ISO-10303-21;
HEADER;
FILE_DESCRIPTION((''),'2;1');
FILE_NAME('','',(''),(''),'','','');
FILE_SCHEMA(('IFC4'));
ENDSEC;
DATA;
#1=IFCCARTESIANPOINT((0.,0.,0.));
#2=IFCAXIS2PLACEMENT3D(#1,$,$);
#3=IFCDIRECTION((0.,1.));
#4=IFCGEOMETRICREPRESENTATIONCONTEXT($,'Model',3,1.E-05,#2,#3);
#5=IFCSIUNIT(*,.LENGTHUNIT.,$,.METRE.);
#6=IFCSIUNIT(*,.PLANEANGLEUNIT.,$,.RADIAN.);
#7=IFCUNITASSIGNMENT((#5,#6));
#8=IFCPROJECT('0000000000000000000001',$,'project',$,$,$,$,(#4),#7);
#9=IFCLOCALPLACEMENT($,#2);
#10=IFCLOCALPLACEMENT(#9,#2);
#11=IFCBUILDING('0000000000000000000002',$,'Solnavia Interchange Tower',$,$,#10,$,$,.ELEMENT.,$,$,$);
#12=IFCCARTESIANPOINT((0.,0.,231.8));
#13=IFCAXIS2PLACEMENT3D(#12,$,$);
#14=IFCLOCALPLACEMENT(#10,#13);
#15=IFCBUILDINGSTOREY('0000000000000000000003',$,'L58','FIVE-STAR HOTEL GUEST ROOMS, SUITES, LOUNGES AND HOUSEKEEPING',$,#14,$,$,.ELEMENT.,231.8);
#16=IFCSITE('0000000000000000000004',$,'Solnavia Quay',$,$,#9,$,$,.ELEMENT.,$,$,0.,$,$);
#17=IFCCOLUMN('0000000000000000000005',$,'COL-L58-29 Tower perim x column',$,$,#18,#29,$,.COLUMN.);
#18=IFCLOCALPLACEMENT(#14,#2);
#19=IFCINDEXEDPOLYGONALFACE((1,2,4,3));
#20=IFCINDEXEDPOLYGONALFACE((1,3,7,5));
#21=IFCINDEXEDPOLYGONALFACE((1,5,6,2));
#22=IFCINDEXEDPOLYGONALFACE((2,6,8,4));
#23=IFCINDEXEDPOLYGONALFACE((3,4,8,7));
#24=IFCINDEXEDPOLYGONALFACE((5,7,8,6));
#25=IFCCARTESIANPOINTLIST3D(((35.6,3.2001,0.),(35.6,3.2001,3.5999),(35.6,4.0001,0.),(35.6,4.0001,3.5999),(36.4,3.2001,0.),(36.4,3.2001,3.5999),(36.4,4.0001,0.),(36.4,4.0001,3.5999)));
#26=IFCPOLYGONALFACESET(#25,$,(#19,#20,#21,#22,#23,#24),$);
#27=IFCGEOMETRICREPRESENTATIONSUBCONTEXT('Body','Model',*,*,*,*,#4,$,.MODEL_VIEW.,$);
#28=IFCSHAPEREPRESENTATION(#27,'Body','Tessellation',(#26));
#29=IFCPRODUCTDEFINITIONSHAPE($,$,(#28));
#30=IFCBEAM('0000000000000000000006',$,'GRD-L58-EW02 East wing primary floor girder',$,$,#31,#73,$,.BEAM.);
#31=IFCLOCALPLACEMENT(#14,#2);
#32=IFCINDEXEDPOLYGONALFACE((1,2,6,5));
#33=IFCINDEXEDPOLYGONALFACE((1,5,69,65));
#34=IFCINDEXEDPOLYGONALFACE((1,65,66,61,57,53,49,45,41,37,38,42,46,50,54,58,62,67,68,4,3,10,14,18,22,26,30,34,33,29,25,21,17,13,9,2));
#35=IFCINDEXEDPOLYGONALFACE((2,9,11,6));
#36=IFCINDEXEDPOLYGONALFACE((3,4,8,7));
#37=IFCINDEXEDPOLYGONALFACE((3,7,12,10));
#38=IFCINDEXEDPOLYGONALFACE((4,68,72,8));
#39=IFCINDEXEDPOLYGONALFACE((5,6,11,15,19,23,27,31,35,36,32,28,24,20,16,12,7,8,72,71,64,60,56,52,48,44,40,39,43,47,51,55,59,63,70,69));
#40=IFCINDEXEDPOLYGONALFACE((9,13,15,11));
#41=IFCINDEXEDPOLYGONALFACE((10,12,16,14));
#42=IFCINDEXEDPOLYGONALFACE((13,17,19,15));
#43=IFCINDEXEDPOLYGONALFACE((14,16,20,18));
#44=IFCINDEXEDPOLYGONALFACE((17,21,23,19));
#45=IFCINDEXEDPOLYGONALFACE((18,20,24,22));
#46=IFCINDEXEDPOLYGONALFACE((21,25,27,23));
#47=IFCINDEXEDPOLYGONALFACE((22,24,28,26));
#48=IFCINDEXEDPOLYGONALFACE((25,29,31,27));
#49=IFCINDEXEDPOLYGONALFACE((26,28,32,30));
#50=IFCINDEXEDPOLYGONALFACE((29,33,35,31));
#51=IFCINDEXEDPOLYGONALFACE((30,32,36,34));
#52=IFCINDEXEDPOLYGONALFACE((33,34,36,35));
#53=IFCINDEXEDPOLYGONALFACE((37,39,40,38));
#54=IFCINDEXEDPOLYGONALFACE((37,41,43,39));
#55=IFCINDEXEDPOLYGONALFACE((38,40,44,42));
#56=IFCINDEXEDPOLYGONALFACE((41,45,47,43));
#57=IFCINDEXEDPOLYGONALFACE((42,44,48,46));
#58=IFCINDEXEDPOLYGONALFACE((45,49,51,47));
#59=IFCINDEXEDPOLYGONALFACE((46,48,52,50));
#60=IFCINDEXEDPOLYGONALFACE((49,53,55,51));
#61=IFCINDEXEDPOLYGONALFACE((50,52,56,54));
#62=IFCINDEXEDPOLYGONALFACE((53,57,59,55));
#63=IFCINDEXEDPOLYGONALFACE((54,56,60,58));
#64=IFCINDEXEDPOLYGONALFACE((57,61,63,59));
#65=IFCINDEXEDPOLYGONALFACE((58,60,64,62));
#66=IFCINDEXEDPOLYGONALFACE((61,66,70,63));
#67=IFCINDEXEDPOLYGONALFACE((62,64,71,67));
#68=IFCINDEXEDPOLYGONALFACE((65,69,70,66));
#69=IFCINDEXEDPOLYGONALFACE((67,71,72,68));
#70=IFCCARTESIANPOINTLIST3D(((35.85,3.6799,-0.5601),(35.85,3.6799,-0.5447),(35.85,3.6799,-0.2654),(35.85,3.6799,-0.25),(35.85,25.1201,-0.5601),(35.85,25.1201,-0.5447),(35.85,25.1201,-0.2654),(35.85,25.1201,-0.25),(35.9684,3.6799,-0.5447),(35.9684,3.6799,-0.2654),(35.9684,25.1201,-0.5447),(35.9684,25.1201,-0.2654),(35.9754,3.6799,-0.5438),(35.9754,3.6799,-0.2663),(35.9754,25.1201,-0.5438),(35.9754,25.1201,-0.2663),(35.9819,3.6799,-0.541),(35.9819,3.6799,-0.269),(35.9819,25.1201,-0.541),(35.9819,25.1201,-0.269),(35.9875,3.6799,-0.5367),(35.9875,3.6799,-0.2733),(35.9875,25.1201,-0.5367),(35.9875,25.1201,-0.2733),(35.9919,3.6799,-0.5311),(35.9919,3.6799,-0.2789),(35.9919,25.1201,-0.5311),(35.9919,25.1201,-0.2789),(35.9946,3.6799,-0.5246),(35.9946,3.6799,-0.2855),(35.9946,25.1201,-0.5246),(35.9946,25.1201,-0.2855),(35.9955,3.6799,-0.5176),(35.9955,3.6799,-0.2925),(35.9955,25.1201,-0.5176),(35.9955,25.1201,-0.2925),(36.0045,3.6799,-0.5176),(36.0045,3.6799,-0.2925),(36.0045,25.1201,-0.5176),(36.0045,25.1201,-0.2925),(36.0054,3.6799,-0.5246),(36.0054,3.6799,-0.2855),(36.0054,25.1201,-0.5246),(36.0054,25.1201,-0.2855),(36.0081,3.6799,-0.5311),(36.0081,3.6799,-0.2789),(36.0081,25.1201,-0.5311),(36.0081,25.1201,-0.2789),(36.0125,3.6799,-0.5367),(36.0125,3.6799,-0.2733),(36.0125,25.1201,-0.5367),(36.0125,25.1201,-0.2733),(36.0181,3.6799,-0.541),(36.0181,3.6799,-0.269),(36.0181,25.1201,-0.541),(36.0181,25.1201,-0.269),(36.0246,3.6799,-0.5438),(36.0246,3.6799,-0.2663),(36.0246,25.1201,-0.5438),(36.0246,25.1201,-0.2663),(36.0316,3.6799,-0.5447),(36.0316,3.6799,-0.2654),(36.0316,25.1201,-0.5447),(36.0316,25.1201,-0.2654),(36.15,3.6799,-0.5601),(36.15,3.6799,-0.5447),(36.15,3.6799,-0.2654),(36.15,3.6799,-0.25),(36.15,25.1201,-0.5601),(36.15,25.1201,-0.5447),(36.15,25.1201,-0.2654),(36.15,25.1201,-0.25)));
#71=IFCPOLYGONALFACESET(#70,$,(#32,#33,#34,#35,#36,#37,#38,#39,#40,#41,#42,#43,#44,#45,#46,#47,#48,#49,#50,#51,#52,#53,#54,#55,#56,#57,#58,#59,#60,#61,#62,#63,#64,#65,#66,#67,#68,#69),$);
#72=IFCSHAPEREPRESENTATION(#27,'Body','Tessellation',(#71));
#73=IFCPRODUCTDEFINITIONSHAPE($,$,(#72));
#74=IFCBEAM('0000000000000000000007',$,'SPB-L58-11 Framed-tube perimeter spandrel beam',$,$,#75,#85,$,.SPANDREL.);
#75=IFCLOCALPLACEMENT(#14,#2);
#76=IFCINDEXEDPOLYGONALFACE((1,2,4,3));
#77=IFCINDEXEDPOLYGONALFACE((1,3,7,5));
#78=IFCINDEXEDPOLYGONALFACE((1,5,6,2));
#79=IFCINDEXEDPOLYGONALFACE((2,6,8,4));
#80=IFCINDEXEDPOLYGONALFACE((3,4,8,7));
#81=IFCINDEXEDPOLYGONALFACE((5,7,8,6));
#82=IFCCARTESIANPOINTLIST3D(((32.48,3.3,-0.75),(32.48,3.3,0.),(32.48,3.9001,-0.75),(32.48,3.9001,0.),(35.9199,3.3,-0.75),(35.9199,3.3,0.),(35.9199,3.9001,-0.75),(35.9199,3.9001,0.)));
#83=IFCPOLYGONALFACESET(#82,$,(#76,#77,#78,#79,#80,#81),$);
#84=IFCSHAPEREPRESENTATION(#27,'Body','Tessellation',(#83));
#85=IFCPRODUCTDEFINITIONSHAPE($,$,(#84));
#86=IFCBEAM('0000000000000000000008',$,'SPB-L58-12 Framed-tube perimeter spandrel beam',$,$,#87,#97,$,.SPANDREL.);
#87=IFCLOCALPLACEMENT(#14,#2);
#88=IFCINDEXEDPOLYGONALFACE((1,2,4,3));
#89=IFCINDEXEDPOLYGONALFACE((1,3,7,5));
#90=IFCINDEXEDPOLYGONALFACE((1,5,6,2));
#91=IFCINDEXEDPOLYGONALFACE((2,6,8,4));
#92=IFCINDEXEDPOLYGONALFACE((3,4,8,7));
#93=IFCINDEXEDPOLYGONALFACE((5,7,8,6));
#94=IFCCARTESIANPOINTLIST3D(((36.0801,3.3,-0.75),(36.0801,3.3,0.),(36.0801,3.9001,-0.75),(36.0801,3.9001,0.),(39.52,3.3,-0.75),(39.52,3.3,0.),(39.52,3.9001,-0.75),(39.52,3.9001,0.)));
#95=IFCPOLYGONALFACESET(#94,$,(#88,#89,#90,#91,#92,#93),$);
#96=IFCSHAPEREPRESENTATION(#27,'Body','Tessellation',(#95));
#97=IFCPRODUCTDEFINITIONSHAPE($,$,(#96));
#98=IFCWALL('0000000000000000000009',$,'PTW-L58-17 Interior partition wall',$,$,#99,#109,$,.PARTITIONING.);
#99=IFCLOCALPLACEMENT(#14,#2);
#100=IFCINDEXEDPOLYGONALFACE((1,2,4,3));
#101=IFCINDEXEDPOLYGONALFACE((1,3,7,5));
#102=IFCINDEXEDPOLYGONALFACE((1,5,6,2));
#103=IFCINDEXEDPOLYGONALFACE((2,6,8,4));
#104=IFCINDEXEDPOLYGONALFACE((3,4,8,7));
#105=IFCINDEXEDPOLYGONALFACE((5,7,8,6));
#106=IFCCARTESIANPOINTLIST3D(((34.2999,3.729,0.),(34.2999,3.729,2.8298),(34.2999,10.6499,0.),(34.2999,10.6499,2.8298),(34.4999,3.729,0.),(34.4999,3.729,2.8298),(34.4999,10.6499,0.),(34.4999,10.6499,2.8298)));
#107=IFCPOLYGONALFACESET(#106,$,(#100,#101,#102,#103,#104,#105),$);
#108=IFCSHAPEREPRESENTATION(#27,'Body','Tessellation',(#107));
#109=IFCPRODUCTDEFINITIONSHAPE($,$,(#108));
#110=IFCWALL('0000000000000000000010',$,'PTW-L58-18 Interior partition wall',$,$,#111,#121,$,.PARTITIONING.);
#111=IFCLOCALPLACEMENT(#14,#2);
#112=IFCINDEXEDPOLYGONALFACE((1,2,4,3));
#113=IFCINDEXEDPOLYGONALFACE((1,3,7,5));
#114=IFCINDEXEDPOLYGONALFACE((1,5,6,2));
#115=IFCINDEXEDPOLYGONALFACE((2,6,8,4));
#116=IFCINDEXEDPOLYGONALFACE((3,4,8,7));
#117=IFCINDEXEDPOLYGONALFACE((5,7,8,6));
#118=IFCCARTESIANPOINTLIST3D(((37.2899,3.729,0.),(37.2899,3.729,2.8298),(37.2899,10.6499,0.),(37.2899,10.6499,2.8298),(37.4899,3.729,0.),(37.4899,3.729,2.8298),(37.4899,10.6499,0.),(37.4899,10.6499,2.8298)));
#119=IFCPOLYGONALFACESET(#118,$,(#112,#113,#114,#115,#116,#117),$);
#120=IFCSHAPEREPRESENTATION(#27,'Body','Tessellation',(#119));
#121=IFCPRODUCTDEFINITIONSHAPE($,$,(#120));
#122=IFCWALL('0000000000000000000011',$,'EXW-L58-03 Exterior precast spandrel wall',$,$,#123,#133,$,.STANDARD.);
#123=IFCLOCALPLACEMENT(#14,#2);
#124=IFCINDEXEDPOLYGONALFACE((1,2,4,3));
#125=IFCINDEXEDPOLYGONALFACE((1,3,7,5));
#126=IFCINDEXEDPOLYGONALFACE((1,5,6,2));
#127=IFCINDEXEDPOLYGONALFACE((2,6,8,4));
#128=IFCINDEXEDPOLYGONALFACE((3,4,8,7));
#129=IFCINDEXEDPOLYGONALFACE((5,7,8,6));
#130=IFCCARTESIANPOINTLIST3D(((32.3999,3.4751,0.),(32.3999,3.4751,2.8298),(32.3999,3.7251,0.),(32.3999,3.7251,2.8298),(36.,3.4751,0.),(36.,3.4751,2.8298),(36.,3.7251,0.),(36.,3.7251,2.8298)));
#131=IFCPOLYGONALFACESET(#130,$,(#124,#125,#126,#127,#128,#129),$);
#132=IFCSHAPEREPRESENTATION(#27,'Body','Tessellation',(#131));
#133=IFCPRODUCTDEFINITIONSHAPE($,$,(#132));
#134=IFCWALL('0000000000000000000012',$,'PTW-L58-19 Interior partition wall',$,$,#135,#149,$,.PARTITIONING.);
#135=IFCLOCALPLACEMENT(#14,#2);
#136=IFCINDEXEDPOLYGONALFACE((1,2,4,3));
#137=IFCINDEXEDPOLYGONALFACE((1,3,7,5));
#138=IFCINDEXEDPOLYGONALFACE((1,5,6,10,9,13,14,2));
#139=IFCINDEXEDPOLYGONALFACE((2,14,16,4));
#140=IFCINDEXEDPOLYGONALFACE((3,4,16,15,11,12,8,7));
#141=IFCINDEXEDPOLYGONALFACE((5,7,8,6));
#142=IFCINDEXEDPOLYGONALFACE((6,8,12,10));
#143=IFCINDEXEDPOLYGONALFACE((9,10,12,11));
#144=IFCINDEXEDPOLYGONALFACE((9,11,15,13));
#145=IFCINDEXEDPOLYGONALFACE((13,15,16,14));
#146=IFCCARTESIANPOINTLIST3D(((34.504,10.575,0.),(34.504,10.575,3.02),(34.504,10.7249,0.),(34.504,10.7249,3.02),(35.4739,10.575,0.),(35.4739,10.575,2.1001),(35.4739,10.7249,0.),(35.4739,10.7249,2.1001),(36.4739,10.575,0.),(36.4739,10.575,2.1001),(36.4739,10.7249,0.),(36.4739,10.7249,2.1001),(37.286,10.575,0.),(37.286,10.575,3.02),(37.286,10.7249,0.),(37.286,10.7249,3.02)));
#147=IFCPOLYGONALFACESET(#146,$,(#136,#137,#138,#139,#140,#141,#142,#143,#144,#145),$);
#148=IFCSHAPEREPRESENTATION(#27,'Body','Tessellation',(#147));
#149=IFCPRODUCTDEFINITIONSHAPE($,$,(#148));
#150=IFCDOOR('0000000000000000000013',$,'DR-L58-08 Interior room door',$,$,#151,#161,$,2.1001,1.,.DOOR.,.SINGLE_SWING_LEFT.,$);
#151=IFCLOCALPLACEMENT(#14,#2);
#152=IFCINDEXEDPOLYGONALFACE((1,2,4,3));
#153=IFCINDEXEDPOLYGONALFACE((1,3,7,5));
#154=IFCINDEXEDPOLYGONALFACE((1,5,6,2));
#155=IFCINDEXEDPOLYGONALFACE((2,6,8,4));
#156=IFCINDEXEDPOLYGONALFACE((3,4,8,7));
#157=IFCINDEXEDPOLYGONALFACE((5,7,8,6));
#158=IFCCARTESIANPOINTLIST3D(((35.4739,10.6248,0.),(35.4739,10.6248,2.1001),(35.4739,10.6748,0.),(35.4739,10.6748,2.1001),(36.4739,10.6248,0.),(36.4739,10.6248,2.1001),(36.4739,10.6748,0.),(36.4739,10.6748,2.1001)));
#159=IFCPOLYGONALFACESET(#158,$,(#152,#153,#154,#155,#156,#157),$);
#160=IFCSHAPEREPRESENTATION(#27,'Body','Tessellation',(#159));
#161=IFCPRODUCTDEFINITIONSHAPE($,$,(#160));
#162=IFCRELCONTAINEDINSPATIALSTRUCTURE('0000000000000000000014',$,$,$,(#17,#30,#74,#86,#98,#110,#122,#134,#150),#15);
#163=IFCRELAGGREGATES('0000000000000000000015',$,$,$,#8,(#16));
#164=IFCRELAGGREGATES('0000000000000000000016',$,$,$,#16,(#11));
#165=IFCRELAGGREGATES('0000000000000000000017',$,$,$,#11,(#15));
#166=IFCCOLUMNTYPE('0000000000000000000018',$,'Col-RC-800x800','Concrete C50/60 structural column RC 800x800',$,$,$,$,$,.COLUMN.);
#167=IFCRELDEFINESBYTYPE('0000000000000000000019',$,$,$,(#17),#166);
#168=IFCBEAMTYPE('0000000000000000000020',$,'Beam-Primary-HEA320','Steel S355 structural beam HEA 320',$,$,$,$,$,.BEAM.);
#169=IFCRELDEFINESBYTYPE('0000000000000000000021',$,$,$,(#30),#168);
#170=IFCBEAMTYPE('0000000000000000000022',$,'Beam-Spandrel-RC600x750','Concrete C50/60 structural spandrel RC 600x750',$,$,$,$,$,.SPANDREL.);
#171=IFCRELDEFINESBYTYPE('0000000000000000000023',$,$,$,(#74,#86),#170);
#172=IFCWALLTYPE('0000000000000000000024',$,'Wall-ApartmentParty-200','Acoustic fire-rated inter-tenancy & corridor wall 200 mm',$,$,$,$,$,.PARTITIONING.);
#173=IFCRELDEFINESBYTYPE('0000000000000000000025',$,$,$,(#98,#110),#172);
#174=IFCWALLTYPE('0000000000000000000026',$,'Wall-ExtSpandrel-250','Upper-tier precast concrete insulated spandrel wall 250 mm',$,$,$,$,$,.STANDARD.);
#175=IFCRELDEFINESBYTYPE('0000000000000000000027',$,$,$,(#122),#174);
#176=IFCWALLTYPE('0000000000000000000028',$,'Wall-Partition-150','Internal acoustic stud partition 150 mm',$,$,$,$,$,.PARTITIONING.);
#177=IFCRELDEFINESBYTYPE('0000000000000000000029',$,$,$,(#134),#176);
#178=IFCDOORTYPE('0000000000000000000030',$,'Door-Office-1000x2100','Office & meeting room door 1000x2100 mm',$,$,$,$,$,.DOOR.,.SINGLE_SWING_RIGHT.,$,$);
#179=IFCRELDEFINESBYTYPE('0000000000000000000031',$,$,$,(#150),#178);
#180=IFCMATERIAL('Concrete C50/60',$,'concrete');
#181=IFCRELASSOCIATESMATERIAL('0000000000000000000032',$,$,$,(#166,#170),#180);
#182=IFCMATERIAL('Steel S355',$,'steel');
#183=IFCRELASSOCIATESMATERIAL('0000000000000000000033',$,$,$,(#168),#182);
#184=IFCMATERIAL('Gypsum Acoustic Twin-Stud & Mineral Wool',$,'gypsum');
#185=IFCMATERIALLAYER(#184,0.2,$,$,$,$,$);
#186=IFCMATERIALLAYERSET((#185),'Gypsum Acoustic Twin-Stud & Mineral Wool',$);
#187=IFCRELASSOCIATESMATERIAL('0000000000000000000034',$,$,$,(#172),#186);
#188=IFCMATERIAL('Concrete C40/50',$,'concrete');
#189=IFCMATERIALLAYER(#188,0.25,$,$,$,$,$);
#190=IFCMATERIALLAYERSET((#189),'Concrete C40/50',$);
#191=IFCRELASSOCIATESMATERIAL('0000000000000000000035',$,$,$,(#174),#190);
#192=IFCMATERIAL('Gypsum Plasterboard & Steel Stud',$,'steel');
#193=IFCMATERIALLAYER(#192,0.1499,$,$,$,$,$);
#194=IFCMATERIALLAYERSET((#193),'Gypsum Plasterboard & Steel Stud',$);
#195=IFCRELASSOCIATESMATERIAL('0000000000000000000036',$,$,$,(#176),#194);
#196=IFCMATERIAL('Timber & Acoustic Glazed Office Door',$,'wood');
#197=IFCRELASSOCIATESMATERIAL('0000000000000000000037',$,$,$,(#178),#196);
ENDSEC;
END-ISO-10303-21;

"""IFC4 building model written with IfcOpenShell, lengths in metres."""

from ifc_helpers import new_model, si_unit, direction, frame, frame_2d, origin, origin_2d, place, context, subcontext, project, spatial, rectangle, i_section, extrude, material, layer, layer_set, material_profile, profile_set, type_object, element, fill, save


model = new_model("IFC4")

# Units and contexts
model_context = context("Model", 3, precision=1e-05, world=origin(), true_north=direction((0.0, 1.0)))
body_context = subcontext(model_context, "Body", "Model", "MODEL_VIEW")
ifc_project = project(units=[si_unit("LENGTHUNIT", "METRE"), si_unit("PLANEANGLEUNIT", "RADIAN")], contexts=[model_context])

# Site, building, storey
site_placement = place(None, origin())
site = spatial("IfcSite", under=ifc_project, at=site_placement, Name="Solnavia Quay", CompositionType="ELEMENT", RefElevation=0.0)
building_placement = place(site_placement, origin())
building = spatial("IfcBuilding", under=site, at=building_placement, Name="Solnavia Interchange Tower", CompositionType="ELEMENT")
storey_placement = place(building_placement, frame((0.0, 0.0, 231.8)))
storey = spatial("IfcBuildingStorey", under=building, at=storey_placement, Name="L58", Description="FIVE-STAR HOTEL GUEST ROOMS, SUITES, LOUNGES AND HOUSEKEEPING", CompositionType="ELEMENT", Elevation=231.8)

# Column
ifc_material_1 = material(Name="Concrete C50/60", Category="concrete")
ifc_material_profile_1 = material_profile(ifc_material_1, rectangle(XDim=0.8, YDim=0.8, at=origin_2d()), Name="RC 800x800")
ifc_profile_set_1 = profile_set([ifc_material_profile_1], Name="Concrete C50/60")
column_type = type_object("IfcColumnType", Name="Col-RC-800x800", Description="Concrete C50/60 structural column RC 800x800", PredefinedType="COLUMN", material=ifc_profile_set_1)
column_placement = place(storey_placement, frame((36.0, 3.6001, 0.0), z_axis=(0.0, 0.0, 1.0), x_axis=(1.0, 0.0, 0.0)))
element("IfcColumn", 1, at=column_placement, inside=storey, type_object=column_type, Name="COL-L58-29 Tower perim x column", PredefinedType="COLUMN", context=body_context, shape_type="SweptSolid", body=[
    extrude(rectangle(XDim=0.8, YDim=0.8, at=origin_2d()), origin(), (0.0, 0.0, 1.0), 3.5999),
])

# Beams
ifc_material_2 = material(Name="Steel S355", Category="steel")
ifc_material_profile_2 = material_profile(ifc_material_2, i_section(OverallWidth=0.3, OverallDepth=0.3101, WebThickness=0.009, FlangeThickness=0.0154, FilletRadius=0.0271, at=origin_2d()), Name="HEA 320")
ifc_profile_set_2 = profile_set([ifc_material_profile_2], Name="Steel S355")
beam_type_1 = type_object("IfcBeamType", Name="Beam-Primary-HEA320", Description="Steel S355 structural beam HEA 320", PredefinedType="BEAM", material=ifc_profile_set_2)
beam_placement = place(storey_placement, frame((36.0, 3.6799, -0.405), z_axis=(0.0, 1.0, 0.0), x_axis=(-1.0, 0.0, 0.0)))
element("IfcBeam", 2, at=beam_placement, inside=storey, type_object=beam_type_1, Name="GRD-L58-EW02 East wing primary floor girder", PredefinedType="BEAM", context=body_context, shape_type="SweptSolid", body=[
    extrude(i_section(OverallWidth=0.3, OverallDepth=0.3101, WebThickness=0.009, FlangeThickness=0.0154, FilletRadius=0.0271, at=origin_2d()), origin(), (0.0, 0.0, 1.0), 21.4402),
])
ifc_material_profile_3 = material_profile(ifc_material_1, rectangle(XDim=0.6001, YDim=0.75, at=origin_2d()), Name="RC 600x750")
ifc_profile_set_3 = profile_set([ifc_material_profile_3], Name="Concrete C50/60")
beam_type_2 = type_object("IfcBeamType", Name="Beam-Spandrel-RC600x750", Description="Concrete C50/60 structural spandrel RC 600x750", PredefinedType="SPANDREL", material=ifc_profile_set_3)
for number, where, z_axis, x_axis, name in (
    (3, (32.48, 3.6001, -0.375), (1.0, 0.0, 0.0), (0.0, 1.0, 0.0), "SPB-L58-11 Framed-tube perimeter spandrel beam"),
    (4, (36.0801, 3.6001, -0.375), (1.0, 0.0, 0.0), (0.0, 1.0, 0.0), "SPB-L58-12 Framed-tube perimeter spandrel beam"),
):
    element("IfcBeam", number, at=place(storey_placement, frame(where, z_axis=z_axis, x_axis=x_axis)), inside=storey, type_object=beam_type_2, Name=name, PredefinedType="SPANDREL", context=body_context, shape_type="SweptSolid", body=[
        extrude(rectangle(XDim=0.6001, YDim=0.75, at=origin_2d()), origin(), (0.0, 0.0, 1.0), 3.4399),
    ])

# Walls
ifc_material_3 = material(Name="Gypsum Acoustic Twin-Stud & Mineral Wool", Category="gypsum")
ifc_layer_1 = layer(ifc_material_3, 0.2)
ifc_layer_set_1 = layer_set([ifc_layer_1], Name="Gypsum Acoustic Twin-Stud & Mineral Wool")
wall_type_1 = type_object("IfcWallType", Name="Wall-ApartmentParty-200", Description="Acoustic fire-rated inter-tenancy & corridor wall 200 mm", PredefinedType="PARTITIONING", material=ifc_layer_set_1)
for number, where, z_axis, x_axis, name in (
    (5, (34.3999, 3.729, 0.0), (0.0, 0.0, 1.0), (0.0, 1.0, 0.0), "PTW-L58-17 Interior partition wall"),
    (6, (37.3899, 3.729, 0.0), (0.0, 0.0, 1.0), (0.0, 1.0, 0.0), "PTW-L58-18 Interior partition wall"),
):
    element("IfcWall", number, at=place(storey_placement, frame(where, z_axis=z_axis, x_axis=x_axis)), inside=storey, type_object=wall_type_1, Name=name, PredefinedType="PARTITIONING", context=body_context, shape_type="SweptSolid", body=[
        extrude(rectangle(XDim=6.9209, YDim=0.2, at=frame_2d((3.4604, 0.0))), origin(), (0.0, 0.0, 1.0), 2.8298),
    ])
ifc_material_4 = material(Name="Concrete C40/50", Category="concrete")
ifc_layer_2 = layer(ifc_material_4, 0.25)
ifc_layer_set_2 = layer_set([ifc_layer_2], Name="Concrete C40/50")
wall_type_2 = type_object("IfcWallType", Name="Wall-ExtSpandrel-250", Description="Upper-tier precast concrete insulated spandrel wall 250 mm", PredefinedType="STANDARD", material=ifc_layer_set_2)
wall_1_placement = place(storey_placement, frame((36.0, 3.6001, 0.0), z_axis=(0.0, 0.0, 1.0), x_axis=(-1.0, 0.0, 0.0)))
element("IfcWall", 7, at=wall_1_placement, inside=storey, type_object=wall_type_2, Name="EXW-L58-03 Exterior precast spandrel wall", PredefinedType="STANDARD", context=body_context, shape_type="SweptSolid", body=[
    extrude(rectangle(XDim=3.6001, YDim=0.25, at=frame_2d((1.8, 0.0))), origin(), (0.0, 0.0, 1.0), 2.8298),
])

# Wall, opening, door
ifc_material_5 = material(Name="Gypsum Plasterboard & Steel Stud", Category="steel")
ifc_layer_3 = layer(ifc_material_5, 0.1499)
ifc_layer_set_3 = layer_set([ifc_layer_3], Name="Gypsum Plasterboard & Steel Stud")
wall_type_3 = type_object("IfcWallType", Name="Wall-Partition-150", Description="Internal acoustic stud partition 150 mm", PredefinedType="PARTITIONING", material=ifc_layer_set_3)
wall_2_placement = place(storey_placement, frame((34.5039, 10.6499, 0.0), z_axis=(0.0, 0.0, 1.0), x_axis=(1.0, 0.0, 0.0)))
wall_2 = element("IfcWall", 8, at=wall_2_placement, inside=storey, type_object=wall_type_3, Name="PTW-L58-19 Interior partition wall", PredefinedType="PARTITIONING", context=body_context, shape_type="SweptSolid", body=[
    extrude(rectangle(XDim=2.782, YDim=0.1499, at=frame_2d((1.3911, 0.0))), origin(), (0.0, 0.0, 1.0), 3.02),
])
opening_1_placement = place(wall_2_placement, frame((0.97, 0.0, 0.0)))
opening_1 = element("IfcOpeningElement", 9, at=opening_1_placement, cuts=wall_2, PredefinedType="OPENING", context=body_context, shape_type="SweptSolid", body=[
    extrude(rectangle(XDim=1.0, YDim=2.1001, at=frame_2d((0.5, 1.05))), frame((0.0, 0.085, 0.0), z_axis=(0.0, -1.0, 0.0), x_axis=(1.0, 0.0, 0.0)), (0.0, 0.0, 1.0), 0.1699),
])
ifc_material_6 = material(Name="Timber & Acoustic Glazed Office Door", Category="wood")
door_type_1 = type_object("IfcDoorType", Name="Door-Office-1000x2100", Description="Office & meeting room door 1000x2100 mm", OperationType="SINGLE_SWING_RIGHT", PredefinedType="DOOR", material=ifc_material_6)
door_1_placement = place(opening_1_placement, origin())
door_1 = element("IfcDoor", 10, at=door_1_placement, inside=storey, type_object=door_type_1, Name="DR-L58-08 Interior room door", OperationType="SINGLE_SWING_LEFT", OverallHeight=2.1001, OverallWidth=1.0, PredefinedType="DOOR", context=body_context, shape_type="SweptSolid", body=[
    extrude(rectangle(XDim=1.0, YDim=2.1001, at=frame_2d((0.5, 1.05))), frame((0.0, 0.0249, 0.0), z_axis=(0.0, -1.0, 0.0), x_axis=(1.0, 0.0, 0.0)), (0.0, 0.0, 1.0), 0.05),
])
fill(opening_1, door_1)

save(model, "model.ifc")
